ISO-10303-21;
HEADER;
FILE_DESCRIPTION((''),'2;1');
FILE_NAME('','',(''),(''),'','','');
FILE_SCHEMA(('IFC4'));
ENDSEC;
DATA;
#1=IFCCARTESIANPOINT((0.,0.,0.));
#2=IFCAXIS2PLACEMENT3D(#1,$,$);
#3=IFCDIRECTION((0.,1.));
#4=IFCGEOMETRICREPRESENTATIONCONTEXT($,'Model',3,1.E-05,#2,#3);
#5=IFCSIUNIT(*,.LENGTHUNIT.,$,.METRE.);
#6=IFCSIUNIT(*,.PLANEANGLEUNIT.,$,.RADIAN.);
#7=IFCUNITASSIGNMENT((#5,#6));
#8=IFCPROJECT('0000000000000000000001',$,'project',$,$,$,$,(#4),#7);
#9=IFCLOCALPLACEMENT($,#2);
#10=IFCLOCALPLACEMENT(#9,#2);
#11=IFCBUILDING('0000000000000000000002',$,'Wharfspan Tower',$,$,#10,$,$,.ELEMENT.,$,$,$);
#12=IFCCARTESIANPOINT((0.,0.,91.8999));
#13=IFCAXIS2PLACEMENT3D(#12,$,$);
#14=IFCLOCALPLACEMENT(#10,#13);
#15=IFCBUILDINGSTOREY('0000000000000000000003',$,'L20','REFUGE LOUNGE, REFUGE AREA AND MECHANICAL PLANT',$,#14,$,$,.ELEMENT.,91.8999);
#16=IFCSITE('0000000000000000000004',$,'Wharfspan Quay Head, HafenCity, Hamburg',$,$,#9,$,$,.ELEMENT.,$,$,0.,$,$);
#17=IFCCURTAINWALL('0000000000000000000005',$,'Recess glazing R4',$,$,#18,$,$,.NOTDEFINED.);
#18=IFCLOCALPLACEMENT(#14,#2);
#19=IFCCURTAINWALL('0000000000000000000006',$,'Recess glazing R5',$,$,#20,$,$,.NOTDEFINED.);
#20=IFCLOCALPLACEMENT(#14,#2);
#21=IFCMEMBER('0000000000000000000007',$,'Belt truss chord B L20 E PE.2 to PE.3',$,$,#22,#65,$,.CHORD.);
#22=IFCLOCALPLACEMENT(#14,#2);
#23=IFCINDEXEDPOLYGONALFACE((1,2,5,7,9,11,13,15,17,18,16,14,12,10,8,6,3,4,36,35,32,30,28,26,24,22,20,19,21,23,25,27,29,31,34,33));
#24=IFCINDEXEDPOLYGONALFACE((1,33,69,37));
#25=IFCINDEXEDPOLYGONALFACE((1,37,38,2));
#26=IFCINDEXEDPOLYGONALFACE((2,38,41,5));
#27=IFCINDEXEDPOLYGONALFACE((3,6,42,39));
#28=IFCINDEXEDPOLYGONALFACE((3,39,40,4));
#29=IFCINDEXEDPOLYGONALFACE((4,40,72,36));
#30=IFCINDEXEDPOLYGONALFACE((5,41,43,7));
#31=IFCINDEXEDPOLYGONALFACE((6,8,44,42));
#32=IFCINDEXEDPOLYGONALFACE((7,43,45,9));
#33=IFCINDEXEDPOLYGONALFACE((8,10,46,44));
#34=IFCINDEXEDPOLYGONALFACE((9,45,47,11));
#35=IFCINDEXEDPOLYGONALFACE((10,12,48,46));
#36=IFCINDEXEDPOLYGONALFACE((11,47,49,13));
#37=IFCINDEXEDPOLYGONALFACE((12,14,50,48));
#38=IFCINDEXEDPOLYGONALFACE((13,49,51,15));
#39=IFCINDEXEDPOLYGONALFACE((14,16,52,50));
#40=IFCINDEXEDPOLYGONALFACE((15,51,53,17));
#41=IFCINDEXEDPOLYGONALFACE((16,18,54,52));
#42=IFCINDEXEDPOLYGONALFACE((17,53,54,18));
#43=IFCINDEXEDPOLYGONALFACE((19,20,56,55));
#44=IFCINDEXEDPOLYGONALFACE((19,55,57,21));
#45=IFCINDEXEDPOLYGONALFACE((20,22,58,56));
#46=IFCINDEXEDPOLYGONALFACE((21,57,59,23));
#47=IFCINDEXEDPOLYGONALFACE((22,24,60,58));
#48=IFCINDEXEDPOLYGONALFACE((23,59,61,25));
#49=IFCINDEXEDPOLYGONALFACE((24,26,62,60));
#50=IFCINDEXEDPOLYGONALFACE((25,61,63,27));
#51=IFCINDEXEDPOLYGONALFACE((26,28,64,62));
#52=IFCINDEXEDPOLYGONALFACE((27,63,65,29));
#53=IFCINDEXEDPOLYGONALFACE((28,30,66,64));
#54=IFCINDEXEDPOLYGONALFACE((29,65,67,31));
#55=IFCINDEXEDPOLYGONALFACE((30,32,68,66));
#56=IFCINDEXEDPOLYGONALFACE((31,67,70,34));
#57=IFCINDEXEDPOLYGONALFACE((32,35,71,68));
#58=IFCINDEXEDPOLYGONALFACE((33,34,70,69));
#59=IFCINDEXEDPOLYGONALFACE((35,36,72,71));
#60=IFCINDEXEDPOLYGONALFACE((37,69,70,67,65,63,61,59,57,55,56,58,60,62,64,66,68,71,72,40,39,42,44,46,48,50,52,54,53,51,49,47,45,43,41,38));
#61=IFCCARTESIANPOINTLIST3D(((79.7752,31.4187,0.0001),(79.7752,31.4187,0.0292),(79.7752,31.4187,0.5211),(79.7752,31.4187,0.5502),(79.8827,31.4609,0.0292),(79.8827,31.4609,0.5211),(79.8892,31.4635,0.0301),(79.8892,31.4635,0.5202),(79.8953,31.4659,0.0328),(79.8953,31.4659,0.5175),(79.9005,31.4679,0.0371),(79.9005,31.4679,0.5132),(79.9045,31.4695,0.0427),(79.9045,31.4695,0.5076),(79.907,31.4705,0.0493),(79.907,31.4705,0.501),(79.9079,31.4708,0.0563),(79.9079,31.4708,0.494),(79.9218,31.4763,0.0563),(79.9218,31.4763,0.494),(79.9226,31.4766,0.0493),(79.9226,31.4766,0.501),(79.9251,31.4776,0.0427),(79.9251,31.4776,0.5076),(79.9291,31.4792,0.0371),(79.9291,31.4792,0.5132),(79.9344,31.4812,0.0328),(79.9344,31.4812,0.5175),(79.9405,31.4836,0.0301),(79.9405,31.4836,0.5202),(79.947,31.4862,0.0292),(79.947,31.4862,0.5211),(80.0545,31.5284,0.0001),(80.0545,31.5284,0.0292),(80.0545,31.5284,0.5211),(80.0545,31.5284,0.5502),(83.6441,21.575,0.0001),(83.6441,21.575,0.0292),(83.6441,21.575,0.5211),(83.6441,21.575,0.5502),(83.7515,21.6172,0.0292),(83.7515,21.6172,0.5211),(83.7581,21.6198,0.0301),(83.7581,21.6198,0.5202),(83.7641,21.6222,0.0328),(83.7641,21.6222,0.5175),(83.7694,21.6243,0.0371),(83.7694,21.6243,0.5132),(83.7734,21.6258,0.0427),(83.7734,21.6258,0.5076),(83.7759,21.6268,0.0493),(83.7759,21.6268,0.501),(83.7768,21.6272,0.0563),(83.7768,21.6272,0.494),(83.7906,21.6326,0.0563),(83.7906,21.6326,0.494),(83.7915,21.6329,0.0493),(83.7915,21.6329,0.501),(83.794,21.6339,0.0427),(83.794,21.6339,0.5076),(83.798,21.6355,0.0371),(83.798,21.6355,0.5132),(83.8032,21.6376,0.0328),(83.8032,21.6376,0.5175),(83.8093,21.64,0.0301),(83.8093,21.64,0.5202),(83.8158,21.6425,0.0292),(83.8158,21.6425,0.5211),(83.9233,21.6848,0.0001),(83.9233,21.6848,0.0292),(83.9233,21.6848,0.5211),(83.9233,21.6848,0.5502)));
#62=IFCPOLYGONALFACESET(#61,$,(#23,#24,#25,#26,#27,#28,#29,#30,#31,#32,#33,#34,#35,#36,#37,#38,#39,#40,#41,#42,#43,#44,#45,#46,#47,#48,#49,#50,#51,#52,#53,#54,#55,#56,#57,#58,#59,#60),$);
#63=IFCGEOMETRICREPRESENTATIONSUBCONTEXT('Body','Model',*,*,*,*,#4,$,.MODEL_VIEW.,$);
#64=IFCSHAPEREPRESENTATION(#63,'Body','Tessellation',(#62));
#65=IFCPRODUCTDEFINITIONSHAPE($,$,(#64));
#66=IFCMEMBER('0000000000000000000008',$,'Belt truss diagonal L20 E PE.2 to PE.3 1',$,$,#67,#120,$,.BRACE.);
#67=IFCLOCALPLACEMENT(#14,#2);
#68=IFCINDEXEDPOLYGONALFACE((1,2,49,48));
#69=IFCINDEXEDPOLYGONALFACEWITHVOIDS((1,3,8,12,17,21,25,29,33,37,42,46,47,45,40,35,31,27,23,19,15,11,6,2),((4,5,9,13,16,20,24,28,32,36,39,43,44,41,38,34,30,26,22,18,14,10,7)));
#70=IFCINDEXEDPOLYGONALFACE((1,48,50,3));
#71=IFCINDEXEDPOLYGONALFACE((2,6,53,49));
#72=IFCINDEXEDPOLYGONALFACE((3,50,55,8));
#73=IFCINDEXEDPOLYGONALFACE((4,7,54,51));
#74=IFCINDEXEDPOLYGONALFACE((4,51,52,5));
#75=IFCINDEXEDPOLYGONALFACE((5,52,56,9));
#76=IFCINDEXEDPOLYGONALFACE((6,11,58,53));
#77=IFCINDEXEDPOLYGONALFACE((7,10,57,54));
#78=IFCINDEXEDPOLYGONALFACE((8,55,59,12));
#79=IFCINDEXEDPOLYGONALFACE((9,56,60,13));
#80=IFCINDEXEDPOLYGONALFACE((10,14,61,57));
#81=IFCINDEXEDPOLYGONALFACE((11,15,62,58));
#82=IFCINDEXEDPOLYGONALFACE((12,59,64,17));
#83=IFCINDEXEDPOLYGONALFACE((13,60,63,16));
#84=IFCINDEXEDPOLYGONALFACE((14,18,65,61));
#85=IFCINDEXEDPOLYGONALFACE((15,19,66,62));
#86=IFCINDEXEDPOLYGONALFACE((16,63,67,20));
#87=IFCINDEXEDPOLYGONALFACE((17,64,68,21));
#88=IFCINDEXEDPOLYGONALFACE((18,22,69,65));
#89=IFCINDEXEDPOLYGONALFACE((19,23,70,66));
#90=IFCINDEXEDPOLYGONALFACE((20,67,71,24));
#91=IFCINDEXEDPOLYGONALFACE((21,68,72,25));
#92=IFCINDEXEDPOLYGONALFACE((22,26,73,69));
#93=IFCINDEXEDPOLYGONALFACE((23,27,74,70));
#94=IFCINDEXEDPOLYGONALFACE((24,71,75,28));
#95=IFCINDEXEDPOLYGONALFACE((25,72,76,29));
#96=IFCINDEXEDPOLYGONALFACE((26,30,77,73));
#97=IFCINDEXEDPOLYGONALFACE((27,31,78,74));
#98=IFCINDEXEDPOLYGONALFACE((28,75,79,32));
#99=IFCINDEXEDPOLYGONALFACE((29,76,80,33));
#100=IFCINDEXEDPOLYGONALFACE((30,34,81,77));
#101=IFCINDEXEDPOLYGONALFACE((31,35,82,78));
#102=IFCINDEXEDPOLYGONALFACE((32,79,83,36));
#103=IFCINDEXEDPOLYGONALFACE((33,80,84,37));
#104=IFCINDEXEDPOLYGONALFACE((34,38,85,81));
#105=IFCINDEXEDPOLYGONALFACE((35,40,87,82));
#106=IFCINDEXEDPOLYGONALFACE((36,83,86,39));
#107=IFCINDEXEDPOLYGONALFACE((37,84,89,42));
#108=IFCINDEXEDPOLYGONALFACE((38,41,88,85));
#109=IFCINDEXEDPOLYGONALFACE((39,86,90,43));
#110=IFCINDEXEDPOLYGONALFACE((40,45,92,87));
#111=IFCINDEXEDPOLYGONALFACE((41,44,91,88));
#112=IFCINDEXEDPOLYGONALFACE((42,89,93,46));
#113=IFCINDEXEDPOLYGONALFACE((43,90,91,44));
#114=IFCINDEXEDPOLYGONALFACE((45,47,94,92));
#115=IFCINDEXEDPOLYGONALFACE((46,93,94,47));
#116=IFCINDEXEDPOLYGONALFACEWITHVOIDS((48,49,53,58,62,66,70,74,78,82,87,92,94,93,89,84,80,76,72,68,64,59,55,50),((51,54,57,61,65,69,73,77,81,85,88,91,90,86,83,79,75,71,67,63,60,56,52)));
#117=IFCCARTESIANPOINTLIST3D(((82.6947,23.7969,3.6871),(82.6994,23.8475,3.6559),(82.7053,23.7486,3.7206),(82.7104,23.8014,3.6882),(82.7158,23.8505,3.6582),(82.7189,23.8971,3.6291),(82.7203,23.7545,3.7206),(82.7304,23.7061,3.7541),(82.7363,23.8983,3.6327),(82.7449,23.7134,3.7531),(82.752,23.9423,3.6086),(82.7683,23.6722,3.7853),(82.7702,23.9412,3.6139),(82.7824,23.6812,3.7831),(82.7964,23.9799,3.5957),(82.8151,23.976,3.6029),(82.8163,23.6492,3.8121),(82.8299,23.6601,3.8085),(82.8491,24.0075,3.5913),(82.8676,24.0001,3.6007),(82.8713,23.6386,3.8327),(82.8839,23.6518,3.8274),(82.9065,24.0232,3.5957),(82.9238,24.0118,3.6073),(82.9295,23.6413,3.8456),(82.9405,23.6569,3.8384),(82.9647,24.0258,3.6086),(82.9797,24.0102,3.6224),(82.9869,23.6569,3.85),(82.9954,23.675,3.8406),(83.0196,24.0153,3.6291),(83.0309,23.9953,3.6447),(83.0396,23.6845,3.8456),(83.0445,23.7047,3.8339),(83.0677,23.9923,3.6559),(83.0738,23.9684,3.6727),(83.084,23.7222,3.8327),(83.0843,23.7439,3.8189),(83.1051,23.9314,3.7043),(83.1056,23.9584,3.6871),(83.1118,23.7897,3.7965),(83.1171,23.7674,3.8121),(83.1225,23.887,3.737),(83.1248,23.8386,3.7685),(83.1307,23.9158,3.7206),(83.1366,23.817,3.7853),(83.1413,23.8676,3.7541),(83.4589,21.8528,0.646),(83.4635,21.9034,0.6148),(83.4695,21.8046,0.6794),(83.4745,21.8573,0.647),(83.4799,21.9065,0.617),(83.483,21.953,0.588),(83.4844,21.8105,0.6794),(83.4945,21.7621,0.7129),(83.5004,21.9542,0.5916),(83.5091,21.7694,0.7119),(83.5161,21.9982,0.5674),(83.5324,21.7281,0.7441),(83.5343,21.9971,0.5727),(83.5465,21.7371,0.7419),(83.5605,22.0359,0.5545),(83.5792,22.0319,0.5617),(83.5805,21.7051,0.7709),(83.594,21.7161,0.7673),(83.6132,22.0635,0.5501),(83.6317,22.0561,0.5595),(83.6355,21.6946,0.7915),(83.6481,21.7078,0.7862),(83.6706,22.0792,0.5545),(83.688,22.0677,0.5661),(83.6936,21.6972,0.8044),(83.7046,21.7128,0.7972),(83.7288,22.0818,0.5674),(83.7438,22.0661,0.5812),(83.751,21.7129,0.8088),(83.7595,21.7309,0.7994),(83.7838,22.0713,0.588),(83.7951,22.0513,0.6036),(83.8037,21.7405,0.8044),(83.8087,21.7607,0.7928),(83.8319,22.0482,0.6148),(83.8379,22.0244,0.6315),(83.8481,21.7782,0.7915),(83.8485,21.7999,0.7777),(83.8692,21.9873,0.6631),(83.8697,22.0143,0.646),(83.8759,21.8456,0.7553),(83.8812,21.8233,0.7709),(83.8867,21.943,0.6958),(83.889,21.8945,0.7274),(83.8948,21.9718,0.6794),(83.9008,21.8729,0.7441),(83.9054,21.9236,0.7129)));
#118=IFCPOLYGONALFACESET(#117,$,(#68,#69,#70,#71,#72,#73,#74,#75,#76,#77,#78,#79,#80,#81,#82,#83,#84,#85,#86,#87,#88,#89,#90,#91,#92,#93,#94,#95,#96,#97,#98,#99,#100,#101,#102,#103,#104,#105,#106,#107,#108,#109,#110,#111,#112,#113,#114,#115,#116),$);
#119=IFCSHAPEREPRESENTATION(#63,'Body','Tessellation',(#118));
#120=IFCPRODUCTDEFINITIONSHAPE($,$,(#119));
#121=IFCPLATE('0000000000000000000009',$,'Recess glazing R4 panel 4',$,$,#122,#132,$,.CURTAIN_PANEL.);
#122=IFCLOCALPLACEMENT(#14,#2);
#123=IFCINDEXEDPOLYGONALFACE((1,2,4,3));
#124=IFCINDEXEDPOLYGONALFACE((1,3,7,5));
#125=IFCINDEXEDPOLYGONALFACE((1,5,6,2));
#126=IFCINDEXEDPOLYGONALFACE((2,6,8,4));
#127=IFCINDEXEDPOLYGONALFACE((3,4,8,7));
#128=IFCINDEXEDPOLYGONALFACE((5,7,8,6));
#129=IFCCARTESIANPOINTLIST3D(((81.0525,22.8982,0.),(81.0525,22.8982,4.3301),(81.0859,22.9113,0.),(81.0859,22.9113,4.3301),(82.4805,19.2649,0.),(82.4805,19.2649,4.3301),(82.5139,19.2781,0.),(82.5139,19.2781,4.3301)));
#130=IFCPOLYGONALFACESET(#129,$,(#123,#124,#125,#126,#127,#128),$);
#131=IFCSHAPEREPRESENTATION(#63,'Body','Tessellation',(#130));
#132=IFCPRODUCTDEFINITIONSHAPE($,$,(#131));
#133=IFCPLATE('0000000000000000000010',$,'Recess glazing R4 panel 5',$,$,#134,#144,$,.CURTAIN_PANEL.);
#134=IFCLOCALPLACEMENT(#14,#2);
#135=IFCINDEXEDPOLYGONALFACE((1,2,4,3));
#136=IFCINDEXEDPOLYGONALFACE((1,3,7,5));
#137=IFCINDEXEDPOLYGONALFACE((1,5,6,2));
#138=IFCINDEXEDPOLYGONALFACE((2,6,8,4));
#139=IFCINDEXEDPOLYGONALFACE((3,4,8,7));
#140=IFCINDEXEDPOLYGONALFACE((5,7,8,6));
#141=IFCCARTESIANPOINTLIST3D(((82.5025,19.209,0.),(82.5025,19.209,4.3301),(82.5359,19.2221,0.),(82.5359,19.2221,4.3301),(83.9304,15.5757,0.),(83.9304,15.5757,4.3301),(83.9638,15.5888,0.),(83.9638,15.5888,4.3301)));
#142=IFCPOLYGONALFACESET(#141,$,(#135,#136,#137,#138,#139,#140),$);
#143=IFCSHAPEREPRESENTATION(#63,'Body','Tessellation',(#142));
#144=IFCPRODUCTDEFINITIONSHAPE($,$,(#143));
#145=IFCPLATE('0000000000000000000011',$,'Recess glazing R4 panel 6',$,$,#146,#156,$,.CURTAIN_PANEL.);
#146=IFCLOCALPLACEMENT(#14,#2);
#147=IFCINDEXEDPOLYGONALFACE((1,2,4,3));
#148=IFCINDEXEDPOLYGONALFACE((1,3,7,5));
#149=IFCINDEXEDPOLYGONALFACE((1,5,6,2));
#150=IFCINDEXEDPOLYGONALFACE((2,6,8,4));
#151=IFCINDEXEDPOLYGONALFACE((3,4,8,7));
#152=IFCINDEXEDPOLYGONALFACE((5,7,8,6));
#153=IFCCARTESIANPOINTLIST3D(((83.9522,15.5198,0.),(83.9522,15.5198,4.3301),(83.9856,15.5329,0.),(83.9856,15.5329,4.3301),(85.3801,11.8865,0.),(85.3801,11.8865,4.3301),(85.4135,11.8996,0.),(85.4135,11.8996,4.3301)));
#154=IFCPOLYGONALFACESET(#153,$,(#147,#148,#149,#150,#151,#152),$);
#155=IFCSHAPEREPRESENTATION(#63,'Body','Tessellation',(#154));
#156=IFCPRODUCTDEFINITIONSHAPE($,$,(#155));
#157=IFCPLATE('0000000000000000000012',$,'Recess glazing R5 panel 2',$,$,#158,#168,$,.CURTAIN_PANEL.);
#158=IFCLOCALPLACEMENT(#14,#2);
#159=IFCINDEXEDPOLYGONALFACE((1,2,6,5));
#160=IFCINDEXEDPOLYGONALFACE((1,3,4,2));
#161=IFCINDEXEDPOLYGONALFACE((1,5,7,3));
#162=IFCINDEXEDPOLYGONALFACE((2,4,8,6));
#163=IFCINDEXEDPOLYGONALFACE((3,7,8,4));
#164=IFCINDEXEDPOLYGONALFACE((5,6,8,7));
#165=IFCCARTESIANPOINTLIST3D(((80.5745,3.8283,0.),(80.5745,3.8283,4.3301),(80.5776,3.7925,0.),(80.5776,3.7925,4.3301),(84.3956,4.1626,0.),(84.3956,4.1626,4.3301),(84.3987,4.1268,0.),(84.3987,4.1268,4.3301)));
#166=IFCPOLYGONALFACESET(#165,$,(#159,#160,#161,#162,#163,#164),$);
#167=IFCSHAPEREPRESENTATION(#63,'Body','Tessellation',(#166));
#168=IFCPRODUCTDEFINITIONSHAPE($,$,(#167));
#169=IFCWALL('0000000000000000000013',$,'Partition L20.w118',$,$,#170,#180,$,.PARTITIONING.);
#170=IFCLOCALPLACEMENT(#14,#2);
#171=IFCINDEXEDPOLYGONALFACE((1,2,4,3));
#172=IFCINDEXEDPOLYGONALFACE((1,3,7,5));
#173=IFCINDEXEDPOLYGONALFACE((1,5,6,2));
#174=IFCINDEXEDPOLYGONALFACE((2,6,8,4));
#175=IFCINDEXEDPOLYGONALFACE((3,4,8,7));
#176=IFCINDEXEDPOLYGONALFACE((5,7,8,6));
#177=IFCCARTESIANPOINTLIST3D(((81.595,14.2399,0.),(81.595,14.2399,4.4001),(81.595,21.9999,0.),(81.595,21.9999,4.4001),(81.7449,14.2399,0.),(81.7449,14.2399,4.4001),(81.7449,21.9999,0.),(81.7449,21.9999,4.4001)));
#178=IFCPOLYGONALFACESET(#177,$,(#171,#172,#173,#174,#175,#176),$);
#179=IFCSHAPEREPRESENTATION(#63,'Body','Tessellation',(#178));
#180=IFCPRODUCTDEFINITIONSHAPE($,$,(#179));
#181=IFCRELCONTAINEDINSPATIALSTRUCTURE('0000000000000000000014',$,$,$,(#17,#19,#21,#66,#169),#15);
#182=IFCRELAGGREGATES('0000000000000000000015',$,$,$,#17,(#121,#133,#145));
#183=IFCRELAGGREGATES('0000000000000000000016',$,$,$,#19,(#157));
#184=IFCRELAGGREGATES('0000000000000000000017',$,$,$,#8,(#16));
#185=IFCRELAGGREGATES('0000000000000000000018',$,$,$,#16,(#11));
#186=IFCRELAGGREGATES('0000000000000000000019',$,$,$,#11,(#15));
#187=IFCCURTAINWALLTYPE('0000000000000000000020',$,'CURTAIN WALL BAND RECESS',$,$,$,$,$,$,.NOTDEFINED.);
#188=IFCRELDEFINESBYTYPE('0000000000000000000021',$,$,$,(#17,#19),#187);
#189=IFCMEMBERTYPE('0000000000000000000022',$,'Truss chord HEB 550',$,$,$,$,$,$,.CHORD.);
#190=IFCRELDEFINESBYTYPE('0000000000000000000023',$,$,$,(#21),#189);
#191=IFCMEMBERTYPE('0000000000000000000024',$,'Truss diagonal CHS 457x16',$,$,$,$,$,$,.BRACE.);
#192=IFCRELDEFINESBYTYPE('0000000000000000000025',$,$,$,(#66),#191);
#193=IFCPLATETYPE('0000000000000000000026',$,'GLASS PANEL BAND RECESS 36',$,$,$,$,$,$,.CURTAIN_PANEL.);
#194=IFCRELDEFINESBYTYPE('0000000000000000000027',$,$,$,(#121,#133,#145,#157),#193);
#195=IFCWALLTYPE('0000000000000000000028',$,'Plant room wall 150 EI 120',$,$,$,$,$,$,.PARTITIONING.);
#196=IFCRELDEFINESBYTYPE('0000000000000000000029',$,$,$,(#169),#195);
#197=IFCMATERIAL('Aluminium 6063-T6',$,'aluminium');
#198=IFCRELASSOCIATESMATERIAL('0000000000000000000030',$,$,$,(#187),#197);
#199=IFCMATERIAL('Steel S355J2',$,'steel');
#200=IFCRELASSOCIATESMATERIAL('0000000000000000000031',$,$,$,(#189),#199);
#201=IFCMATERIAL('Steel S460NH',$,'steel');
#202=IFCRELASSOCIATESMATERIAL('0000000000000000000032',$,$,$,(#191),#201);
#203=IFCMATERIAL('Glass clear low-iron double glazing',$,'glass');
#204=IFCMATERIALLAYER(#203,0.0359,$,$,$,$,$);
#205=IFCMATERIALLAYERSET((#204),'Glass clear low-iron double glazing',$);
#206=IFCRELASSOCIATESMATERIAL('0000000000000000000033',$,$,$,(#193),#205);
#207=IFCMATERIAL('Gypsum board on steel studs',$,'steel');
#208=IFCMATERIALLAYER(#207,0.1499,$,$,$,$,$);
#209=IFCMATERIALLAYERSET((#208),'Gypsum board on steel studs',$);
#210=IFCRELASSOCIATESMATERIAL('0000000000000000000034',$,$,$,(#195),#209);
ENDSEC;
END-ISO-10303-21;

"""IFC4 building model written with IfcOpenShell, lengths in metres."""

from ifc_helpers import new_model, si_unit, direction, frame, frame_2d, origin, origin_2d, place, context, subcontext, project, spatial, rectangle, hollow_circle, i_section, extrude, material, layer, layer_set, material_profile, profile_set, type_object, element, aggregate, save


model = new_model("IFC4")

# Units and contexts
model_context = context("Model", 3, precision=1e-05, world=origin(), true_north=direction((0.0, 1.0)))
body_context = subcontext(model_context, "Body", "Model", "MODEL_VIEW")
ifc_project = project(units=[si_unit("LENGTHUNIT", "METRE"), si_unit("PLANEANGLEUNIT", "RADIAN")], contexts=[model_context])

# Site, building, storey
site_placement = place(None, origin())
site = spatial("IfcSite", under=ifc_project, at=site_placement, Name="Wharfspan Quay Head, HafenCity, Hamburg", CompositionType="ELEMENT", RefElevation=0.0)
building_placement = place(site_placement, origin())
building = spatial("IfcBuilding", under=site, at=building_placement, Name="Wharfspan Tower", CompositionType="ELEMENT")
storey_placement = place(building_placement, frame((0.0, 0.0, 91.8999)))
storey = spatial("IfcBuildingStorey", under=building, at=storey_placement, Name="L20", Description="REFUGE LOUNGE, REFUGE AREA AND MECHANICAL PLANT", CompositionType="ELEMENT", Elevation=91.8999)

# Shared definitions
ifc_material_1 = material(Name="Steel S355J2", Category="steel")

# Curtain wall
ifc_material_2 = material(Name="Aluminium 6063-T6", Category="aluminium")
curtain_wall_type = type_object("IfcCurtainWallType", Name="CURTAIN WALL BAND RECESS", PredefinedType="NOTDEFINED", material=ifc_material_2)
curtain_wall_1_placement = place(storey_placement, origin())
curtain_wall_1 = element("IfcCurtainWall", 1, at=curtain_wall_1_placement, inside=storey, type_object=curtain_wall_type, Name="Recess glazing R4", PredefinedType="NOTDEFINED")

# Curtain wall
curtain_wall_2_placement = place(storey_placement, origin())
curtain_wall_2 = element("IfcCurtainWall", 2, at=curtain_wall_2_placement, inside=storey, type_object=curtain_wall_type, Name="Recess glazing R5", PredefinedType="NOTDEFINED")

# Shared definitions
ifc_material_3 = material(Name="Steel S460NH", Category="steel")

# Members
ifc_material_profile_1 = material_profile(ifc_material_1, i_section(OverallWidth=0.3, OverallDepth=0.55, WebThickness=0.0149, FlangeThickness=0.0291, FilletRadius=0.0271, at=origin_2d()))
ifc_profile_set_1 = profile_set([ifc_material_profile_1], Name="Steel S355J2")
member_type_1 = type_object("IfcMemberType", Name="Truss chord HEB 550", PredefinedType="CHORD", material=ifc_profile_set_1)
for number, where, z_axis, x_axis, name in (
    (3, (83.7837, 21.6299, 0.2751), (-0.365792, 0.930696, 0.0), (-0.930696, -0.365792, 0.0), "Belt truss chord B L20 E PE.2 to PE.3"),
):
    element("IfcMember", number, at=place(storey_placement, frame(where, z_axis=z_axis, x_axis=x_axis)), inside=storey, type_object=member_type_1, Name=name, PredefinedType="CHORD", context=body_context, shape_type="SweptSolid", body=[
        extrude(i_section(OverallWidth=0.3, OverallDepth=0.55, WebThickness=0.0149, FlangeThickness=0.0291, FilletRadius=0.0271, at=origin_2d()), origin(), (0.0, 0.0, 1.0), 10.5767),
    ])
ifc_material_profile_2 = material_profile(ifc_material_3, hollow_circle(Radius=0.2285, WallThickness=0.0161, at=origin_2d()))
ifc_profile_set_2 = profile_set([ifc_material_profile_2], Name="Steel S460NH")
member_type_2 = type_object("IfcMemberType", Name="Truss diagonal CHS 457x16", PredefinedType="BRACE", material=ifc_profile_set_2)
member_1_placement = place(storey_placement, frame((83.6821, 21.8882, 0.6794), z_axis=(-0.207115, 0.52692, 0.824293), x_axis=(-0.930683, -0.365821, 0.0)))
element("IfcMember", 4, at=member_1_placement, inside=storey, type_object=member_type_2, Name="Belt truss diagonal L20 E PE.2 to PE.3 1", PredefinedType="BRACE", context=body_context, shape_type="SweptSolid", body=[
    extrude(hollow_circle(Radius=0.2285, WallThickness=0.0161, at=origin_2d()), origin(), (0.0, 0.0, 1.0), 3.6895),
])

# Plates
ifc_material_4 = material(Name="Glass clear low-iron double glazing", Category="glass")
ifc_layer_1 = layer(ifc_material_4, 0.0359)
ifc_layer_set_1 = layer_set([ifc_layer_1], Name="Glass clear low-iron double glazing")
plate_type = type_object("IfcPlateType", Name="GLASS PANEL BAND RECESS 36", PredefinedType="CURTAIN_PANEL", material=ifc_layer_set_1)
plate_1_placement = place(storey_placement, frame((81.7832, 21.0881, 0.0), z_axis=(0.0, 0.0, 1.0), x_axis=(0.365778, -0.930702, 0.0)))
plate_1 = element("IfcPlate", 5, at=plate_1_placement, type_object=plate_type, Name="Recess glazing R4 panel 4", PredefinedType="CURTAIN_PANEL", context=body_context, shape_type="SweptSolid", body=[
    extrude(rectangle(XDim=3.9038, YDim=0.0359, at=origin_2d()), origin(), (0.0, 0.0, 1.0), 4.3301),
])
plate_2_placement = place(storey_placement, frame((83.2332, 17.3989, 0.0), z_axis=(0.0, 0.0, 1.0), x_axis=(0.365778, -0.930702, 0.0)))
plate_2 = element("IfcPlate", 6, at=plate_2_placement, type_object=plate_type, Name="Recess glazing R4 panel 5", PredefinedType="CURTAIN_PANEL", context=body_context, shape_type="SweptSolid", body=[
    extrude(rectangle(XDim=3.9038, YDim=0.0359, at=origin_2d()), origin(), (0.0, 0.0, 1.0), 4.3301),
])
plate_3_placement = place(storey_placement, frame((84.6829, 13.7097, 0.0), z_axis=(0.0, 0.0, 1.0), x_axis=(0.365778, -0.930702, 0.0)))
plate_3 = element("IfcPlate", 7, at=plate_3_placement, type_object=plate_type, Name="Recess glazing R4 panel 6", PredefinedType="CURTAIN_PANEL", context=body_context, shape_type="SweptSolid", body=[
    extrude(rectangle(XDim=3.9038, YDim=0.0359, at=origin_2d()), origin(), (0.0, 0.0, 1.0), 4.3301),
])
aggregate(curtain_wall_1, [plate_1, plate_2, plate_3])
plate_4_placement = place(storey_placement, frame((82.4866, 3.9775, 0.0), z_axis=(0.0, 0.0, 1.0), x_axis=(-0.996198, -0.087156, 0.0)))
plate_4 = element("IfcPlate", 8, at=plate_4_placement, type_object=plate_type, Name="Recess glazing R5 panel 2", PredefinedType="CURTAIN_PANEL", context=body_context, shape_type="SweptSolid", body=[
    extrude(rectangle(XDim=3.8357, YDim=0.0359, at=origin_2d()), origin(), (0.0, 0.0, 1.0), 4.3301),
])
aggregate(curtain_wall_2, [plate_4])

# Wall
ifc_material_5 = material(Name="Gypsum board on steel studs", Category="steel")
ifc_layer_2 = layer(ifc_material_5, 0.1499)
ifc_layer_set_2 = layer_set([ifc_layer_2], Name="Gypsum board on steel studs")
wall_type = type_object("IfcWallType", Name="Plant room wall 150 EI 120", PredefinedType="PARTITIONING", material=ifc_layer_set_2)
wall_placement = place(storey_placement, frame((81.6699, 14.24, 0.0), z_axis=(0.0, 0.0, 1.0), x_axis=(0.0, 1.0, 0.0)))
element("IfcWall", 9, at=wall_placement, inside=storey, type_object=wall_type, Name="Partition L20.w118", PredefinedType="PARTITIONING", context=body_context, shape_type="SweptSolid", body=[
    extrude(rectangle(XDim=7.76, YDim=0.1499, at=frame_2d((3.8799, 0.0))), origin(), (0.0, 0.0, 1.0), 4.4001),
])

save(model, "model.ifc")
